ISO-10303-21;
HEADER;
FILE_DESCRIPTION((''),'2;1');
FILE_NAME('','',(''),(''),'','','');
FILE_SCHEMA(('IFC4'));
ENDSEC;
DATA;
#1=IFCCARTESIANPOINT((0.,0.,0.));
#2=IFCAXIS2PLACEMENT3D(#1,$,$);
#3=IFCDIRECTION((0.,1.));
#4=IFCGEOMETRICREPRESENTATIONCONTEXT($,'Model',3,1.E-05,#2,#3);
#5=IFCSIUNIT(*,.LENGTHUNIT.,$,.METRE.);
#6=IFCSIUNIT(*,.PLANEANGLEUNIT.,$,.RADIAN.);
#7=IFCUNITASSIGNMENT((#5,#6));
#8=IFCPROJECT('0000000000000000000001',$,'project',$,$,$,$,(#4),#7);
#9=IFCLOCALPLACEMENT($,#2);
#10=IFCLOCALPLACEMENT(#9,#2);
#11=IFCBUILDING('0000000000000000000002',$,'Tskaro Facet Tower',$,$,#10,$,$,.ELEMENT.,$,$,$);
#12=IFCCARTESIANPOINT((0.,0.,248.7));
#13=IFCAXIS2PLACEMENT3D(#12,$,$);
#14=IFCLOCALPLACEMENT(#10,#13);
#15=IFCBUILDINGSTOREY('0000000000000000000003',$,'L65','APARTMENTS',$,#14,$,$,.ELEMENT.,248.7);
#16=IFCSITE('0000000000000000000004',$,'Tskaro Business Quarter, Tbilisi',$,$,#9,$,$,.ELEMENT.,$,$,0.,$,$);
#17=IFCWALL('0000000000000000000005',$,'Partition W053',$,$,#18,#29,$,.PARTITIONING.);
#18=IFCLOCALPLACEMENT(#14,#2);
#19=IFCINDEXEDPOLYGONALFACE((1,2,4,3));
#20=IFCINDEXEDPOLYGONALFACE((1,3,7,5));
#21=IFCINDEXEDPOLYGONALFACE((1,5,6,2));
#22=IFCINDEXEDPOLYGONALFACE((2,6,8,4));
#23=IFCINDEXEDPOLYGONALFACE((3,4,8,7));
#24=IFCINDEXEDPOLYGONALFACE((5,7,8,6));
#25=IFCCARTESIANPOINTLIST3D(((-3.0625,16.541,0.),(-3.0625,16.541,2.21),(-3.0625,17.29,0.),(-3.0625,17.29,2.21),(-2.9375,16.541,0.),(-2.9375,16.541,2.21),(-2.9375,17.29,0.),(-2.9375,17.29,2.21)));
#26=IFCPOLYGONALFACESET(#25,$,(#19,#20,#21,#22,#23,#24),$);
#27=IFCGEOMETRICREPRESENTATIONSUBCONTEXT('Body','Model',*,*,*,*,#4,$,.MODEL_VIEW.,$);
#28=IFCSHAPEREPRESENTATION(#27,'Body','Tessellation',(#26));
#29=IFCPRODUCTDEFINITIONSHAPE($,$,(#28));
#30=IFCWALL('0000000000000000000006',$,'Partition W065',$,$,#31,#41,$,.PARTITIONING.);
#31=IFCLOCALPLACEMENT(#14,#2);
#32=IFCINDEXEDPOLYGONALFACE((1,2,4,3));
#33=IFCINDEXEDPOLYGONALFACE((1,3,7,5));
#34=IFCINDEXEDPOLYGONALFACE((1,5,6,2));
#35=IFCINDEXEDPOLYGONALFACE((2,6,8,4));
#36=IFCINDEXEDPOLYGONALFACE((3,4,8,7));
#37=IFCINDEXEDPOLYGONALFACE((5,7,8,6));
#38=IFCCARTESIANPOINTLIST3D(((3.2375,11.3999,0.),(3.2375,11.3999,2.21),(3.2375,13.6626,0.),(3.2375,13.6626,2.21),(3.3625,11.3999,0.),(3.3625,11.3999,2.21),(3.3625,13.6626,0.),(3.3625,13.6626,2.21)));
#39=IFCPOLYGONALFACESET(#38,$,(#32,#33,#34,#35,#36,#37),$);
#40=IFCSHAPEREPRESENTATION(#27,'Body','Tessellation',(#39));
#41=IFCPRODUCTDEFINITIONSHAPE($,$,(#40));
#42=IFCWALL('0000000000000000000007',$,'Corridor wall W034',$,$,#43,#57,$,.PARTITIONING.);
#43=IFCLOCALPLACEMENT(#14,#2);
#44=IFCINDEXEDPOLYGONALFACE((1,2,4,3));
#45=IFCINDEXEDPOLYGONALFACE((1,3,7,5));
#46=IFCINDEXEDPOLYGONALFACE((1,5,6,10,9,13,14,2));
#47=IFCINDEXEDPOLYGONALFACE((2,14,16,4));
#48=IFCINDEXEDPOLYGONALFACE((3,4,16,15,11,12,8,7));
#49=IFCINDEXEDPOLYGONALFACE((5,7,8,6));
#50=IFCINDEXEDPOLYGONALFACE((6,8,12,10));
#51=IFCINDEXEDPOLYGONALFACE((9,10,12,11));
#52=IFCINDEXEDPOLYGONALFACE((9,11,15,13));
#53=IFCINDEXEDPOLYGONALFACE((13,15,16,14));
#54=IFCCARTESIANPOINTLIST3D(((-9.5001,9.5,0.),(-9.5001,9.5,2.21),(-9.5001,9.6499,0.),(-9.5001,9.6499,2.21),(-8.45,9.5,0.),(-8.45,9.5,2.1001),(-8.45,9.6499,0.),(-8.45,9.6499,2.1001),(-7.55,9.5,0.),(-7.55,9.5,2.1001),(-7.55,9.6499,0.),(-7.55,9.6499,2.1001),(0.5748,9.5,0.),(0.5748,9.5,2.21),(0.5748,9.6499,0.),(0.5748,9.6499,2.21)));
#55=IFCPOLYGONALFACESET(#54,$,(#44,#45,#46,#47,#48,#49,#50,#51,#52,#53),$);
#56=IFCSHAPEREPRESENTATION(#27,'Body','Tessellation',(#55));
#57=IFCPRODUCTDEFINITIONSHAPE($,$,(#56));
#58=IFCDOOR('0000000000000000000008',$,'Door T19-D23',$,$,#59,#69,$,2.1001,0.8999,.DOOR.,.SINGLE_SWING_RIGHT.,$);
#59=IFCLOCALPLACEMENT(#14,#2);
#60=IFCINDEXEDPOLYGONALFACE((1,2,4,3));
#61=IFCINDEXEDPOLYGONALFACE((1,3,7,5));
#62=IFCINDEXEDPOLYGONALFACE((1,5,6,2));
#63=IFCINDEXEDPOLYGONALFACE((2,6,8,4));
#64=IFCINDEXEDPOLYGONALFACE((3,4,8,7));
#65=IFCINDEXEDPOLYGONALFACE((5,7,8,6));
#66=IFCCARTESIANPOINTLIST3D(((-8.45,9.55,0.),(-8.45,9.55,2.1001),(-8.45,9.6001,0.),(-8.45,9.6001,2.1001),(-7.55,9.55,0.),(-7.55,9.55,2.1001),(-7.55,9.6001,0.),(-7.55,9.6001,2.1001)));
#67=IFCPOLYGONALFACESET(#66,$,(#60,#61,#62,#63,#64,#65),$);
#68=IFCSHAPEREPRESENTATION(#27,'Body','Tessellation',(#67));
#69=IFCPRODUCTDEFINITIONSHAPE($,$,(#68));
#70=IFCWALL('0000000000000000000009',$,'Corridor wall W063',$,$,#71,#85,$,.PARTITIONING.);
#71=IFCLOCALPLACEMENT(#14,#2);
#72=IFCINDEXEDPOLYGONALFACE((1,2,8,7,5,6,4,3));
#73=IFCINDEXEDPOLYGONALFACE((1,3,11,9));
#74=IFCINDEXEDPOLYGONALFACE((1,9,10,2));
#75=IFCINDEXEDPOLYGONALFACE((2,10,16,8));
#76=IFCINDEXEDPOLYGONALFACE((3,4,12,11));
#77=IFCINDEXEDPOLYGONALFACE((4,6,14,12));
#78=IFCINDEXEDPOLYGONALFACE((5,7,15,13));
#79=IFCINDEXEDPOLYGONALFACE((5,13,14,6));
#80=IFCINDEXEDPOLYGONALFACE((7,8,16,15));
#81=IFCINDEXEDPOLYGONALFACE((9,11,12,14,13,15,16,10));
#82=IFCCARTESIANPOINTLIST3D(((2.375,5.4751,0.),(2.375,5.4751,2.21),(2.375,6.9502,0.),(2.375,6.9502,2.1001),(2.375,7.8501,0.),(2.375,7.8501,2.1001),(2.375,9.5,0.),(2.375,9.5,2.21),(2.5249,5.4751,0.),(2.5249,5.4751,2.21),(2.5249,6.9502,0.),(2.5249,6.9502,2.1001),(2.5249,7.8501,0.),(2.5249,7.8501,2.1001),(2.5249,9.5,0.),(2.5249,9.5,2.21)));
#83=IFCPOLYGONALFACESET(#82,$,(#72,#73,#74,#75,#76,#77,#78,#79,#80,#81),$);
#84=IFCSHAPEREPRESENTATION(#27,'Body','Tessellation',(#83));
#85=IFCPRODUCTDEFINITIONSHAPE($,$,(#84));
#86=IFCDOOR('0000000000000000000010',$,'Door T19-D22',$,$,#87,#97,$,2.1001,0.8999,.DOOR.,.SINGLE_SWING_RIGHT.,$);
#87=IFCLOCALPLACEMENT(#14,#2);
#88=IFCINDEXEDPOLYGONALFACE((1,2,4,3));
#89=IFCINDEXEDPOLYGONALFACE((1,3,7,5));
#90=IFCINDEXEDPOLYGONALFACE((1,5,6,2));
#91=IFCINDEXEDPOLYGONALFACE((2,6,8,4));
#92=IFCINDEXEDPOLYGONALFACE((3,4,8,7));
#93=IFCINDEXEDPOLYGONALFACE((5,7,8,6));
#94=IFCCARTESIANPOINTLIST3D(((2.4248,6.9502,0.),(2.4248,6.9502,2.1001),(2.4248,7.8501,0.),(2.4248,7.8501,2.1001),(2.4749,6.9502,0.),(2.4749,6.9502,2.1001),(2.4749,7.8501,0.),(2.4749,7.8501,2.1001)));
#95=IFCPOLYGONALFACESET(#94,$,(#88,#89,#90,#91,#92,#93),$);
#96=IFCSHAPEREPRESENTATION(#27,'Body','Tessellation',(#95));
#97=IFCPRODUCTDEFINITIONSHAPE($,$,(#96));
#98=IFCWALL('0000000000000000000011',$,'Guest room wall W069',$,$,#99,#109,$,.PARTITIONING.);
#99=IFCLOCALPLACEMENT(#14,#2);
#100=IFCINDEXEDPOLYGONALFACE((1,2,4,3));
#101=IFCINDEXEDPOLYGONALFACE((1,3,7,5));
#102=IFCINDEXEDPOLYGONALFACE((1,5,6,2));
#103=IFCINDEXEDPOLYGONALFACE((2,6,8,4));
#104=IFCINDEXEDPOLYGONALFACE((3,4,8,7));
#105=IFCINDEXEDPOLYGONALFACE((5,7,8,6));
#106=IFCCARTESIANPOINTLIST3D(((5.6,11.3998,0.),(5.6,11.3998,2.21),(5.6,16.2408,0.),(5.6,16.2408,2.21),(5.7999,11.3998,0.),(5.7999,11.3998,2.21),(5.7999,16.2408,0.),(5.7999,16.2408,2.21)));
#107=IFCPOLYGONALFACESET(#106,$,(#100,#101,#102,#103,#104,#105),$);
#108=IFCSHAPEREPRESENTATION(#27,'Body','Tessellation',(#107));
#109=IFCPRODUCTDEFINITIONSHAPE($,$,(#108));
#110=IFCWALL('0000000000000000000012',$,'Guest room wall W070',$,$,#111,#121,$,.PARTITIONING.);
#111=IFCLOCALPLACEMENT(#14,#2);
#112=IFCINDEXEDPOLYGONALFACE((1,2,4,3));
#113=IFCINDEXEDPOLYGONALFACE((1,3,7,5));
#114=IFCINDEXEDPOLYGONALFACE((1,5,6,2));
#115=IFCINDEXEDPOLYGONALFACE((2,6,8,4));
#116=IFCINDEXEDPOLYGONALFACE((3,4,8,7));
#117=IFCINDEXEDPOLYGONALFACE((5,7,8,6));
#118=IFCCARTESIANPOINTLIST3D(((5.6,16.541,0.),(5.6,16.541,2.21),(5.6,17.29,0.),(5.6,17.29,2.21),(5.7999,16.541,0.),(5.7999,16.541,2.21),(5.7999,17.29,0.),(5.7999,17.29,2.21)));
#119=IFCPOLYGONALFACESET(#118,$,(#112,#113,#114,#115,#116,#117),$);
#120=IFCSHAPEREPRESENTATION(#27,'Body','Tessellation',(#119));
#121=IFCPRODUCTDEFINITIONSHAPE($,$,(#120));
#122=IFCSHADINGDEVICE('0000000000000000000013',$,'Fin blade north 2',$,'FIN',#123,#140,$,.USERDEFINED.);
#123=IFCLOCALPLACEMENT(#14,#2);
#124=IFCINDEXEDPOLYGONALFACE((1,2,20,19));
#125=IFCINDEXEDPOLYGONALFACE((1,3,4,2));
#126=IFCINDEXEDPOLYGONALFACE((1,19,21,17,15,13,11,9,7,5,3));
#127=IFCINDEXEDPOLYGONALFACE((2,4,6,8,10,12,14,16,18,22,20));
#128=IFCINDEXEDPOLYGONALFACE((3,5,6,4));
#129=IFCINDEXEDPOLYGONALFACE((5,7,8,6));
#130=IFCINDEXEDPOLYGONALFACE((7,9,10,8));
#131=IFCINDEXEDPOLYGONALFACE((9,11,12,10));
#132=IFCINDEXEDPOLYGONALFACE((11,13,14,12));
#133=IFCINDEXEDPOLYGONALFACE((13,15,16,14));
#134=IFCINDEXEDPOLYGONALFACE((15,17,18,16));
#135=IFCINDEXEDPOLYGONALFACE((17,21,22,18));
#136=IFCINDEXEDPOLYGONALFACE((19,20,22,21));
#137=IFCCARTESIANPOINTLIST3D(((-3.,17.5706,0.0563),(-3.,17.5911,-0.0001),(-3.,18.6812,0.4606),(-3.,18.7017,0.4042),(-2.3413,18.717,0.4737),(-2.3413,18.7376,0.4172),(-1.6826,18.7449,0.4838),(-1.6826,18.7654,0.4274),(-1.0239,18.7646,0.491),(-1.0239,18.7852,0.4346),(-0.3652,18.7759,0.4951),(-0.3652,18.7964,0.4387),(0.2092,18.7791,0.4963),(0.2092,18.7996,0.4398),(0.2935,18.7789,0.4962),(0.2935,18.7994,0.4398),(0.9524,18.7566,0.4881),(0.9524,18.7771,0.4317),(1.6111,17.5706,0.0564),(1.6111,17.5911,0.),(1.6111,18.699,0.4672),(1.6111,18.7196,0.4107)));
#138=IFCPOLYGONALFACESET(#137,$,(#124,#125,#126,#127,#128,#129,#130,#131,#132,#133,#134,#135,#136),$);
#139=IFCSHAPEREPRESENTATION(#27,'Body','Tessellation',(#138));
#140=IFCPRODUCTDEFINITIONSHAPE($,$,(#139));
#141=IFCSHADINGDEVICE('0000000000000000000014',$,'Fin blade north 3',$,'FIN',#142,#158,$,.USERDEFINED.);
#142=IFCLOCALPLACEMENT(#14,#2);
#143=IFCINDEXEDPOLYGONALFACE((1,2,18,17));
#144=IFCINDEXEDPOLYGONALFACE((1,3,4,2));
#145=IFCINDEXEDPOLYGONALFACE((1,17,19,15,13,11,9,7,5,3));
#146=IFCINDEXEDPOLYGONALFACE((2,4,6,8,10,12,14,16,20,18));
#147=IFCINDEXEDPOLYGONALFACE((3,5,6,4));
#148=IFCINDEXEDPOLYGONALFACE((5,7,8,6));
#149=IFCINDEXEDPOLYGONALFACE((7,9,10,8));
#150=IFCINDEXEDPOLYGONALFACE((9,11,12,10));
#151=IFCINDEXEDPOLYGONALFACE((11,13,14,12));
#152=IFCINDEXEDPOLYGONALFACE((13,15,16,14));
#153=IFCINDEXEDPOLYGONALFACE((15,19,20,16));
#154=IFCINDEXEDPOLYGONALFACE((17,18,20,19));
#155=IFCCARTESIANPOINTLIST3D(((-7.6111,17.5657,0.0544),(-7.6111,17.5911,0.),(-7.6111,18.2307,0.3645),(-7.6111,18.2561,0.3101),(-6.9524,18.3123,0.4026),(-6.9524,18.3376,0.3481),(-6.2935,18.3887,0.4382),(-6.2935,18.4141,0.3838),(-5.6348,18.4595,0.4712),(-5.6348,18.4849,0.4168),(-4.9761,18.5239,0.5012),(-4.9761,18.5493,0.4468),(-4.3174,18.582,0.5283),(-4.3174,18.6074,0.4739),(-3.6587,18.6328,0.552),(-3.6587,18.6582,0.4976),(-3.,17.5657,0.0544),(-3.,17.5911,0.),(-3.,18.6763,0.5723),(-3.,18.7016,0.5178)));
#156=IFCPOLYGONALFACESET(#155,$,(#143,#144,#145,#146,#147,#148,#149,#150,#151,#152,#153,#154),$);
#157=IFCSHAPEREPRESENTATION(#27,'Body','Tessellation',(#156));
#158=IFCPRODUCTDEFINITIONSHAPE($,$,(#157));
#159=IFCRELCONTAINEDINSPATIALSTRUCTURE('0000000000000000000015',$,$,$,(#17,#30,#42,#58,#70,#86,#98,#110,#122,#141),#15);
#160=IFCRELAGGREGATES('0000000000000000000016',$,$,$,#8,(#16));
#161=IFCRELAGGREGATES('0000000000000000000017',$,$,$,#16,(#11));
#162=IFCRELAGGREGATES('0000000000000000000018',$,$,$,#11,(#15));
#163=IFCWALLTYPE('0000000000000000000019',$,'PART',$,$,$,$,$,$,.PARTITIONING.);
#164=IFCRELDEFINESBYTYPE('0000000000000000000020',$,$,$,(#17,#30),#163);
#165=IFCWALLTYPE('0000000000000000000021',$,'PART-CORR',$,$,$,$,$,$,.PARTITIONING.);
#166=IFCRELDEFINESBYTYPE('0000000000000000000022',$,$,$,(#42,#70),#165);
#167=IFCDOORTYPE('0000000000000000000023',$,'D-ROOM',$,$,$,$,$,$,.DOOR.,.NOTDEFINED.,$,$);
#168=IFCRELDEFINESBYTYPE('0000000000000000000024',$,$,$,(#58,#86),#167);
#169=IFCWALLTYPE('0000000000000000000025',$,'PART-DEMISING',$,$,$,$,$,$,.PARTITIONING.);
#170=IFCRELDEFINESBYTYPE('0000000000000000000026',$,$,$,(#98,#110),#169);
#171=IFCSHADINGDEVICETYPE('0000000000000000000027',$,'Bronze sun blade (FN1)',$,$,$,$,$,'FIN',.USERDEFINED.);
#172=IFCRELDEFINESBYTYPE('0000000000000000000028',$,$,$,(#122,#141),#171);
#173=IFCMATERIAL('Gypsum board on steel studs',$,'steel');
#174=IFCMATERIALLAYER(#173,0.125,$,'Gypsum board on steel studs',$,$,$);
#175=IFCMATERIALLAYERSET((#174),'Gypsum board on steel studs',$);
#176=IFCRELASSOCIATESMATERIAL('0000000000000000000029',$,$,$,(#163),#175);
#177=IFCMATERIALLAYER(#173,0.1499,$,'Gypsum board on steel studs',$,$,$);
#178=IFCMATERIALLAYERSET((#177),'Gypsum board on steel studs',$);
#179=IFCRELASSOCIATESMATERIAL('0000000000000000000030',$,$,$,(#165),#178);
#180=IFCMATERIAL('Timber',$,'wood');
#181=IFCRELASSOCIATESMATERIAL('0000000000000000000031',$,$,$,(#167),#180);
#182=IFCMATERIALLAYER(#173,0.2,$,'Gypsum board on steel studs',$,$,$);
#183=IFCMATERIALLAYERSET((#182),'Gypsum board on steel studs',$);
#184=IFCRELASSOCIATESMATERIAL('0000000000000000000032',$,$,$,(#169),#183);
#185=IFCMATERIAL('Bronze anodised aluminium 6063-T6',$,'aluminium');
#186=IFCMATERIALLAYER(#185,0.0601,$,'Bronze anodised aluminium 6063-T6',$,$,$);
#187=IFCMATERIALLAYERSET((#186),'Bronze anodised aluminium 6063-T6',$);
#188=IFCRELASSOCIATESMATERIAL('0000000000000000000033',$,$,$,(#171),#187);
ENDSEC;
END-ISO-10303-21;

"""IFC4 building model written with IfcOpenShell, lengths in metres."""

from ifc_helpers import new_model, si_unit, direction, frame, frame_2d, origin, place, context, subcontext, project, spatial, polyline, rectangle, outline, extrude, material, layer, layer_set, type_object, element, fill, save


model = new_model("IFC4")

# Units and contexts
model_context = context("Model", 3, precision=1e-05, world=origin(), true_north=direction((0.0, 1.0)))
body_context = subcontext(model_context, "Body", "Model", "MODEL_VIEW")
ifc_project = project(units=[si_unit("LENGTHUNIT", "METRE"), si_unit("PLANEANGLEUNIT", "RADIAN")], contexts=[model_context])

# Site, building, storey
site_placement = place(None, origin())
site = spatial("IfcSite", under=ifc_project, at=site_placement, Name="Tskaro Business Quarter, Tbilisi", CompositionType="ELEMENT", RefElevation=0.0)
building_placement = place(site_placement, origin())
building = spatial("IfcBuilding", under=site, at=building_placement, Name="Tskaro Facet Tower", CompositionType="ELEMENT")
storey_placement = place(building_placement, frame((0.0, 0.0, 248.7)))
storey = spatial("IfcBuildingStorey", under=building, at=storey_placement, Name="L65", Description="APARTMENTS", CompositionType="ELEMENT", Elevation=248.7)

# Shared definitions
ifc_material_1 = material(Name="Bronze anodised aluminium 6063-T6", Category="aluminium")

# Walls
ifc_material_2 = material(Name="Gypsum board on steel studs", Category="steel")
ifc_layer_1 = layer(ifc_material_2, 0.125, Name="Gypsum board on steel studs")
ifc_layer_set_1 = layer_set([ifc_layer_1], Name="Gypsum board on steel studs")
wall_type_1 = type_object("IfcWallType", Name="PART", PredefinedType="PARTITIONING", material=ifc_layer_set_1)
wall_1_placement = place(storey_placement, frame((-3.0, 16.541, 0.0), z_axis=(0.0, 0.0, 1.0), x_axis=(0.0, 1.0, 0.0)))
element("IfcWall", 1, at=wall_1_placement, inside=storey, type_object=wall_type_1, Name="Partition W053", PredefinedType="PARTITIONING", context=body_context, shape_type="SweptSolid", body=[
    extrude(rectangle(XDim=0.749, YDim=0.125, at=frame_2d((0.3745, 0.0))), origin(), (0.0, 0.0, 1.0), 2.21),
])
wall_2_placement = place(storey_placement, frame((3.3, 11.3999, 0.0), z_axis=(0.0, 0.0, 1.0), x_axis=(0.0, 1.0, 0.0)))
element("IfcWall", 2, at=wall_2_placement, inside=storey, type_object=wall_type_1, Name="Partition W065", PredefinedType="PARTITIONING", context=body_context, shape_type="SweptSolid", body=[
    extrude(rectangle(XDim=2.2627, YDim=0.125, at=frame_2d((1.1313, 0.0))), origin(), (0.0, 0.0, 1.0), 2.21),
])

# Walls, openings, doors
ifc_layer_2 = layer(ifc_material_2, 0.1499, Name="Gypsum board on steel studs")
ifc_layer_set_2 = layer_set([ifc_layer_2], Name="Gypsum board on steel studs")
wall_type_2 = type_object("IfcWallType", Name="PART-CORR", PredefinedType="PARTITIONING", material=ifc_layer_set_2)
wall_3_placement = place(storey_placement, frame((0.575, 9.575, 0.0), z_axis=(0.0, 0.0, 1.0), x_axis=(-1.0, 0.0, 0.0)))
wall_3 = element("IfcWall", 3, at=wall_3_placement, inside=storey, type_object=wall_type_2, Name="Corridor wall W034", PredefinedType="PARTITIONING", context=body_context, shape_type="SweptSolid", body=[
    extrude(rectangle(XDim=10.075, YDim=0.1499, at=frame_2d((5.0376, 0.0))), origin(), (0.0, 0.0, 1.0), 2.21),
])
opening_1_placement = place(wall_3_placement, frame((8.125, 0.0, 0.0)))
opening_1 = element("IfcOpeningElement", 4, at=opening_1_placement, cuts=wall_3, PredefinedType="OPENING", context=body_context, shape_type="SweptSolid", body=[
    extrude(rectangle(XDim=0.8999, YDim=2.1001, at=frame_2d((0.45, 1.05))), frame((0.0, 0.085, 0.0), z_axis=(0.0, -1.0, 0.0), x_axis=(1.0, 0.0, 0.0)), (0.0, 0.0, 1.0), 0.1699),
])
ifc_material_3 = material(Name="Timber", Category="wood")
door_type = type_object("IfcDoorType", Name="D-ROOM", OperationType="NOTDEFINED", PredefinedType="DOOR", material=ifc_material_3)
door_1_placement = place(opening_1_placement, origin())
door_1 = element("IfcDoor", 5, at=door_1_placement, inside=storey, type_object=door_type, Name="Door T19-D23", OperationType="SINGLE_SWING_RIGHT", OverallHeight=2.1001, OverallWidth=0.8999, PredefinedType="DOOR", context=body_context, shape_type="SweptSolid", body=[
    extrude(rectangle(XDim=0.8999, YDim=2.1001, at=frame_2d((0.45, 1.05))), frame((0.0, 0.0249, 0.0), z_axis=(0.0, -1.0, 0.0), x_axis=(1.0, 0.0, 0.0)), (0.0, 0.0, 1.0), 0.05),
])
fill(opening_1, door_1)
wall_4_placement = place(storey_placement, frame((2.45, 9.5, 0.0), z_axis=(0.0, 0.0, 1.0), x_axis=(0.0, -1.0, 0.0)))
wall_4 = element("IfcWall", 6, at=wall_4_placement, inside=storey, type_object=wall_type_2, Name="Corridor wall W063", PredefinedType="PARTITIONING", context=body_context, shape_type="SweptSolid", body=[
    extrude(rectangle(XDim=4.0249, YDim=0.1499, at=frame_2d((2.0125, 0.0))), origin(), (0.0, 0.0, 1.0), 2.21),
])
opening_2_placement = place(wall_4_placement, frame((1.6499, 0.0, 0.0)))
opening_2 = element("IfcOpeningElement", 7, at=opening_2_placement, cuts=wall_4, PredefinedType="OPENING", context=body_context, shape_type="SweptSolid", body=[
    extrude(rectangle(XDim=0.8999, YDim=2.1001, at=frame_2d((0.45, 1.05))), frame((0.0, 0.085, 0.0), z_axis=(0.0, -1.0, 0.0), x_axis=(1.0, 0.0, 0.0)), (0.0, 0.0, 1.0), 0.1699),
])
door_2_placement = place(opening_2_placement, origin())
door_2 = element("IfcDoor", 8, at=door_2_placement, inside=storey, type_object=door_type, Name="Door T19-D22", OperationType="SINGLE_SWING_RIGHT", OverallHeight=2.1001, OverallWidth=0.8999, PredefinedType="DOOR", context=body_context, shape_type="SweptSolid", body=[
    extrude(rectangle(XDim=0.8999, YDim=2.1001, at=frame_2d((0.45, 1.05))), frame((0.0, 0.0249, 0.0), z_axis=(0.0, -1.0, 0.0), x_axis=(1.0, 0.0, 0.0)), (0.0, 0.0, 1.0), 0.05),
])
fill(opening_2, door_2)

# Walls
ifc_layer_3 = layer(ifc_material_2, 0.2, Name="Gypsum board on steel studs")
ifc_layer_set_3 = layer_set([ifc_layer_3], Name="Gypsum board on steel studs")
wall_type_3 = type_object("IfcWallType", Name="PART-DEMISING", PredefinedType="PARTITIONING", material=ifc_layer_set_3)
wall_5_placement = place(storey_placement, frame((5.7, 11.3999, 0.0), z_axis=(0.0, 0.0, 1.0), x_axis=(0.0, 1.0, 0.0)))
element("IfcWall", 9, at=wall_5_placement, inside=storey, type_object=wall_type_3, Name="Guest room wall W069", PredefinedType="PARTITIONING", context=body_context, shape_type="SweptSolid", body=[
    extrude(rectangle(XDim=4.8411, YDim=0.2, at=frame_2d((2.4204, 0.0))), origin(), (0.0, 0.0, 1.0), 2.21),
])
wall_6_placement = place(storey_placement, frame((5.7, 16.541, 0.0), z_axis=(0.0, 0.0, 1.0), x_axis=(0.0, 1.0, 0.0)))
element("IfcWall", 10, at=wall_6_placement, inside=storey, type_object=wall_type_3, Name="Guest room wall W070", PredefinedType="PARTITIONING", context=body_context, shape_type="SweptSolid", body=[
    extrude(rectangle(XDim=0.749, YDim=0.2, at=frame_2d((0.3745, 0.0))), origin(), (0.0, 0.0, 1.0), 2.21),
])

# Shading devices
ifc_layer_4 = layer(ifc_material_1, 0.0601, Name="Bronze anodised aluminium 6063-T6")
ifc_layer_set_4 = layer_set([ifc_layer_4], Name="Bronze anodised aluminium 6063-T6")
shading_device_type = type_object("IfcShadingDeviceType", Name="Bronze sun blade (FN1)", ElementType="FIN", PredefinedType="USERDEFINED", material=ifc_layer_set_4)
shading_device_1_placement = place(storey_placement, frame((1.6111, 17.5706, 0.0564), z_axis=(-0.000011, -0.342043, 0.939684), x_axis=(-1.0, 0.000004, -0.00001)))
element("IfcShadingDevice", 11, at=shading_device_1_placement, inside=storey, type_object=shading_device_type, Name="Fin blade north 2", ObjectType="FIN", PredefinedType="USERDEFINED", context=body_context, shape_type="SweptSolid", body=[
    extrude(outline(polyline([(0.0, 0.0), (4.6111, 0.0), (4.6111, -1.1819), (3.9524, -1.22), (3.2937, -1.2497), (2.635, -1.2707), (1.9763, -1.2827), (1.4019, -1.2861), (1.3176, -1.2859), (0.6587, -1.2621), (0.0, -1.2009), (0.0, 0.0)])), origin(), (0.0, 0.0, -1.0), 0.0601),
])
shading_device_2_placement = place(storey_placement, frame((-3.0, 17.5657, 0.0544), z_axis=(0.0, -0.42259, 0.906321), x_axis=(-1.0, 0.0, 0.0)))
element("IfcShadingDevice", 12, at=shading_device_2_placement, inside=storey, type_object=shading_device_type, Name="Fin blade north 3", ObjectType="FIN", PredefinedType="USERDEFINED", context=body_context, shape_type="SweptSolid", body=[
    extrude(outline(polyline([(0.0, 0.0), (4.6111, 0.0), (4.6111, -0.7338), (3.9524, -0.8238), (3.2935, -0.9081), (2.6348, -0.9862), (1.9761, -1.0573), (1.3174, -1.1214), (0.6587, -1.1774), (0.0, -1.2254), (0.0, 0.0)])), origin(), (0.0, 0.0, -1.0), 0.0601),
])

save(model, "model.ifc")
